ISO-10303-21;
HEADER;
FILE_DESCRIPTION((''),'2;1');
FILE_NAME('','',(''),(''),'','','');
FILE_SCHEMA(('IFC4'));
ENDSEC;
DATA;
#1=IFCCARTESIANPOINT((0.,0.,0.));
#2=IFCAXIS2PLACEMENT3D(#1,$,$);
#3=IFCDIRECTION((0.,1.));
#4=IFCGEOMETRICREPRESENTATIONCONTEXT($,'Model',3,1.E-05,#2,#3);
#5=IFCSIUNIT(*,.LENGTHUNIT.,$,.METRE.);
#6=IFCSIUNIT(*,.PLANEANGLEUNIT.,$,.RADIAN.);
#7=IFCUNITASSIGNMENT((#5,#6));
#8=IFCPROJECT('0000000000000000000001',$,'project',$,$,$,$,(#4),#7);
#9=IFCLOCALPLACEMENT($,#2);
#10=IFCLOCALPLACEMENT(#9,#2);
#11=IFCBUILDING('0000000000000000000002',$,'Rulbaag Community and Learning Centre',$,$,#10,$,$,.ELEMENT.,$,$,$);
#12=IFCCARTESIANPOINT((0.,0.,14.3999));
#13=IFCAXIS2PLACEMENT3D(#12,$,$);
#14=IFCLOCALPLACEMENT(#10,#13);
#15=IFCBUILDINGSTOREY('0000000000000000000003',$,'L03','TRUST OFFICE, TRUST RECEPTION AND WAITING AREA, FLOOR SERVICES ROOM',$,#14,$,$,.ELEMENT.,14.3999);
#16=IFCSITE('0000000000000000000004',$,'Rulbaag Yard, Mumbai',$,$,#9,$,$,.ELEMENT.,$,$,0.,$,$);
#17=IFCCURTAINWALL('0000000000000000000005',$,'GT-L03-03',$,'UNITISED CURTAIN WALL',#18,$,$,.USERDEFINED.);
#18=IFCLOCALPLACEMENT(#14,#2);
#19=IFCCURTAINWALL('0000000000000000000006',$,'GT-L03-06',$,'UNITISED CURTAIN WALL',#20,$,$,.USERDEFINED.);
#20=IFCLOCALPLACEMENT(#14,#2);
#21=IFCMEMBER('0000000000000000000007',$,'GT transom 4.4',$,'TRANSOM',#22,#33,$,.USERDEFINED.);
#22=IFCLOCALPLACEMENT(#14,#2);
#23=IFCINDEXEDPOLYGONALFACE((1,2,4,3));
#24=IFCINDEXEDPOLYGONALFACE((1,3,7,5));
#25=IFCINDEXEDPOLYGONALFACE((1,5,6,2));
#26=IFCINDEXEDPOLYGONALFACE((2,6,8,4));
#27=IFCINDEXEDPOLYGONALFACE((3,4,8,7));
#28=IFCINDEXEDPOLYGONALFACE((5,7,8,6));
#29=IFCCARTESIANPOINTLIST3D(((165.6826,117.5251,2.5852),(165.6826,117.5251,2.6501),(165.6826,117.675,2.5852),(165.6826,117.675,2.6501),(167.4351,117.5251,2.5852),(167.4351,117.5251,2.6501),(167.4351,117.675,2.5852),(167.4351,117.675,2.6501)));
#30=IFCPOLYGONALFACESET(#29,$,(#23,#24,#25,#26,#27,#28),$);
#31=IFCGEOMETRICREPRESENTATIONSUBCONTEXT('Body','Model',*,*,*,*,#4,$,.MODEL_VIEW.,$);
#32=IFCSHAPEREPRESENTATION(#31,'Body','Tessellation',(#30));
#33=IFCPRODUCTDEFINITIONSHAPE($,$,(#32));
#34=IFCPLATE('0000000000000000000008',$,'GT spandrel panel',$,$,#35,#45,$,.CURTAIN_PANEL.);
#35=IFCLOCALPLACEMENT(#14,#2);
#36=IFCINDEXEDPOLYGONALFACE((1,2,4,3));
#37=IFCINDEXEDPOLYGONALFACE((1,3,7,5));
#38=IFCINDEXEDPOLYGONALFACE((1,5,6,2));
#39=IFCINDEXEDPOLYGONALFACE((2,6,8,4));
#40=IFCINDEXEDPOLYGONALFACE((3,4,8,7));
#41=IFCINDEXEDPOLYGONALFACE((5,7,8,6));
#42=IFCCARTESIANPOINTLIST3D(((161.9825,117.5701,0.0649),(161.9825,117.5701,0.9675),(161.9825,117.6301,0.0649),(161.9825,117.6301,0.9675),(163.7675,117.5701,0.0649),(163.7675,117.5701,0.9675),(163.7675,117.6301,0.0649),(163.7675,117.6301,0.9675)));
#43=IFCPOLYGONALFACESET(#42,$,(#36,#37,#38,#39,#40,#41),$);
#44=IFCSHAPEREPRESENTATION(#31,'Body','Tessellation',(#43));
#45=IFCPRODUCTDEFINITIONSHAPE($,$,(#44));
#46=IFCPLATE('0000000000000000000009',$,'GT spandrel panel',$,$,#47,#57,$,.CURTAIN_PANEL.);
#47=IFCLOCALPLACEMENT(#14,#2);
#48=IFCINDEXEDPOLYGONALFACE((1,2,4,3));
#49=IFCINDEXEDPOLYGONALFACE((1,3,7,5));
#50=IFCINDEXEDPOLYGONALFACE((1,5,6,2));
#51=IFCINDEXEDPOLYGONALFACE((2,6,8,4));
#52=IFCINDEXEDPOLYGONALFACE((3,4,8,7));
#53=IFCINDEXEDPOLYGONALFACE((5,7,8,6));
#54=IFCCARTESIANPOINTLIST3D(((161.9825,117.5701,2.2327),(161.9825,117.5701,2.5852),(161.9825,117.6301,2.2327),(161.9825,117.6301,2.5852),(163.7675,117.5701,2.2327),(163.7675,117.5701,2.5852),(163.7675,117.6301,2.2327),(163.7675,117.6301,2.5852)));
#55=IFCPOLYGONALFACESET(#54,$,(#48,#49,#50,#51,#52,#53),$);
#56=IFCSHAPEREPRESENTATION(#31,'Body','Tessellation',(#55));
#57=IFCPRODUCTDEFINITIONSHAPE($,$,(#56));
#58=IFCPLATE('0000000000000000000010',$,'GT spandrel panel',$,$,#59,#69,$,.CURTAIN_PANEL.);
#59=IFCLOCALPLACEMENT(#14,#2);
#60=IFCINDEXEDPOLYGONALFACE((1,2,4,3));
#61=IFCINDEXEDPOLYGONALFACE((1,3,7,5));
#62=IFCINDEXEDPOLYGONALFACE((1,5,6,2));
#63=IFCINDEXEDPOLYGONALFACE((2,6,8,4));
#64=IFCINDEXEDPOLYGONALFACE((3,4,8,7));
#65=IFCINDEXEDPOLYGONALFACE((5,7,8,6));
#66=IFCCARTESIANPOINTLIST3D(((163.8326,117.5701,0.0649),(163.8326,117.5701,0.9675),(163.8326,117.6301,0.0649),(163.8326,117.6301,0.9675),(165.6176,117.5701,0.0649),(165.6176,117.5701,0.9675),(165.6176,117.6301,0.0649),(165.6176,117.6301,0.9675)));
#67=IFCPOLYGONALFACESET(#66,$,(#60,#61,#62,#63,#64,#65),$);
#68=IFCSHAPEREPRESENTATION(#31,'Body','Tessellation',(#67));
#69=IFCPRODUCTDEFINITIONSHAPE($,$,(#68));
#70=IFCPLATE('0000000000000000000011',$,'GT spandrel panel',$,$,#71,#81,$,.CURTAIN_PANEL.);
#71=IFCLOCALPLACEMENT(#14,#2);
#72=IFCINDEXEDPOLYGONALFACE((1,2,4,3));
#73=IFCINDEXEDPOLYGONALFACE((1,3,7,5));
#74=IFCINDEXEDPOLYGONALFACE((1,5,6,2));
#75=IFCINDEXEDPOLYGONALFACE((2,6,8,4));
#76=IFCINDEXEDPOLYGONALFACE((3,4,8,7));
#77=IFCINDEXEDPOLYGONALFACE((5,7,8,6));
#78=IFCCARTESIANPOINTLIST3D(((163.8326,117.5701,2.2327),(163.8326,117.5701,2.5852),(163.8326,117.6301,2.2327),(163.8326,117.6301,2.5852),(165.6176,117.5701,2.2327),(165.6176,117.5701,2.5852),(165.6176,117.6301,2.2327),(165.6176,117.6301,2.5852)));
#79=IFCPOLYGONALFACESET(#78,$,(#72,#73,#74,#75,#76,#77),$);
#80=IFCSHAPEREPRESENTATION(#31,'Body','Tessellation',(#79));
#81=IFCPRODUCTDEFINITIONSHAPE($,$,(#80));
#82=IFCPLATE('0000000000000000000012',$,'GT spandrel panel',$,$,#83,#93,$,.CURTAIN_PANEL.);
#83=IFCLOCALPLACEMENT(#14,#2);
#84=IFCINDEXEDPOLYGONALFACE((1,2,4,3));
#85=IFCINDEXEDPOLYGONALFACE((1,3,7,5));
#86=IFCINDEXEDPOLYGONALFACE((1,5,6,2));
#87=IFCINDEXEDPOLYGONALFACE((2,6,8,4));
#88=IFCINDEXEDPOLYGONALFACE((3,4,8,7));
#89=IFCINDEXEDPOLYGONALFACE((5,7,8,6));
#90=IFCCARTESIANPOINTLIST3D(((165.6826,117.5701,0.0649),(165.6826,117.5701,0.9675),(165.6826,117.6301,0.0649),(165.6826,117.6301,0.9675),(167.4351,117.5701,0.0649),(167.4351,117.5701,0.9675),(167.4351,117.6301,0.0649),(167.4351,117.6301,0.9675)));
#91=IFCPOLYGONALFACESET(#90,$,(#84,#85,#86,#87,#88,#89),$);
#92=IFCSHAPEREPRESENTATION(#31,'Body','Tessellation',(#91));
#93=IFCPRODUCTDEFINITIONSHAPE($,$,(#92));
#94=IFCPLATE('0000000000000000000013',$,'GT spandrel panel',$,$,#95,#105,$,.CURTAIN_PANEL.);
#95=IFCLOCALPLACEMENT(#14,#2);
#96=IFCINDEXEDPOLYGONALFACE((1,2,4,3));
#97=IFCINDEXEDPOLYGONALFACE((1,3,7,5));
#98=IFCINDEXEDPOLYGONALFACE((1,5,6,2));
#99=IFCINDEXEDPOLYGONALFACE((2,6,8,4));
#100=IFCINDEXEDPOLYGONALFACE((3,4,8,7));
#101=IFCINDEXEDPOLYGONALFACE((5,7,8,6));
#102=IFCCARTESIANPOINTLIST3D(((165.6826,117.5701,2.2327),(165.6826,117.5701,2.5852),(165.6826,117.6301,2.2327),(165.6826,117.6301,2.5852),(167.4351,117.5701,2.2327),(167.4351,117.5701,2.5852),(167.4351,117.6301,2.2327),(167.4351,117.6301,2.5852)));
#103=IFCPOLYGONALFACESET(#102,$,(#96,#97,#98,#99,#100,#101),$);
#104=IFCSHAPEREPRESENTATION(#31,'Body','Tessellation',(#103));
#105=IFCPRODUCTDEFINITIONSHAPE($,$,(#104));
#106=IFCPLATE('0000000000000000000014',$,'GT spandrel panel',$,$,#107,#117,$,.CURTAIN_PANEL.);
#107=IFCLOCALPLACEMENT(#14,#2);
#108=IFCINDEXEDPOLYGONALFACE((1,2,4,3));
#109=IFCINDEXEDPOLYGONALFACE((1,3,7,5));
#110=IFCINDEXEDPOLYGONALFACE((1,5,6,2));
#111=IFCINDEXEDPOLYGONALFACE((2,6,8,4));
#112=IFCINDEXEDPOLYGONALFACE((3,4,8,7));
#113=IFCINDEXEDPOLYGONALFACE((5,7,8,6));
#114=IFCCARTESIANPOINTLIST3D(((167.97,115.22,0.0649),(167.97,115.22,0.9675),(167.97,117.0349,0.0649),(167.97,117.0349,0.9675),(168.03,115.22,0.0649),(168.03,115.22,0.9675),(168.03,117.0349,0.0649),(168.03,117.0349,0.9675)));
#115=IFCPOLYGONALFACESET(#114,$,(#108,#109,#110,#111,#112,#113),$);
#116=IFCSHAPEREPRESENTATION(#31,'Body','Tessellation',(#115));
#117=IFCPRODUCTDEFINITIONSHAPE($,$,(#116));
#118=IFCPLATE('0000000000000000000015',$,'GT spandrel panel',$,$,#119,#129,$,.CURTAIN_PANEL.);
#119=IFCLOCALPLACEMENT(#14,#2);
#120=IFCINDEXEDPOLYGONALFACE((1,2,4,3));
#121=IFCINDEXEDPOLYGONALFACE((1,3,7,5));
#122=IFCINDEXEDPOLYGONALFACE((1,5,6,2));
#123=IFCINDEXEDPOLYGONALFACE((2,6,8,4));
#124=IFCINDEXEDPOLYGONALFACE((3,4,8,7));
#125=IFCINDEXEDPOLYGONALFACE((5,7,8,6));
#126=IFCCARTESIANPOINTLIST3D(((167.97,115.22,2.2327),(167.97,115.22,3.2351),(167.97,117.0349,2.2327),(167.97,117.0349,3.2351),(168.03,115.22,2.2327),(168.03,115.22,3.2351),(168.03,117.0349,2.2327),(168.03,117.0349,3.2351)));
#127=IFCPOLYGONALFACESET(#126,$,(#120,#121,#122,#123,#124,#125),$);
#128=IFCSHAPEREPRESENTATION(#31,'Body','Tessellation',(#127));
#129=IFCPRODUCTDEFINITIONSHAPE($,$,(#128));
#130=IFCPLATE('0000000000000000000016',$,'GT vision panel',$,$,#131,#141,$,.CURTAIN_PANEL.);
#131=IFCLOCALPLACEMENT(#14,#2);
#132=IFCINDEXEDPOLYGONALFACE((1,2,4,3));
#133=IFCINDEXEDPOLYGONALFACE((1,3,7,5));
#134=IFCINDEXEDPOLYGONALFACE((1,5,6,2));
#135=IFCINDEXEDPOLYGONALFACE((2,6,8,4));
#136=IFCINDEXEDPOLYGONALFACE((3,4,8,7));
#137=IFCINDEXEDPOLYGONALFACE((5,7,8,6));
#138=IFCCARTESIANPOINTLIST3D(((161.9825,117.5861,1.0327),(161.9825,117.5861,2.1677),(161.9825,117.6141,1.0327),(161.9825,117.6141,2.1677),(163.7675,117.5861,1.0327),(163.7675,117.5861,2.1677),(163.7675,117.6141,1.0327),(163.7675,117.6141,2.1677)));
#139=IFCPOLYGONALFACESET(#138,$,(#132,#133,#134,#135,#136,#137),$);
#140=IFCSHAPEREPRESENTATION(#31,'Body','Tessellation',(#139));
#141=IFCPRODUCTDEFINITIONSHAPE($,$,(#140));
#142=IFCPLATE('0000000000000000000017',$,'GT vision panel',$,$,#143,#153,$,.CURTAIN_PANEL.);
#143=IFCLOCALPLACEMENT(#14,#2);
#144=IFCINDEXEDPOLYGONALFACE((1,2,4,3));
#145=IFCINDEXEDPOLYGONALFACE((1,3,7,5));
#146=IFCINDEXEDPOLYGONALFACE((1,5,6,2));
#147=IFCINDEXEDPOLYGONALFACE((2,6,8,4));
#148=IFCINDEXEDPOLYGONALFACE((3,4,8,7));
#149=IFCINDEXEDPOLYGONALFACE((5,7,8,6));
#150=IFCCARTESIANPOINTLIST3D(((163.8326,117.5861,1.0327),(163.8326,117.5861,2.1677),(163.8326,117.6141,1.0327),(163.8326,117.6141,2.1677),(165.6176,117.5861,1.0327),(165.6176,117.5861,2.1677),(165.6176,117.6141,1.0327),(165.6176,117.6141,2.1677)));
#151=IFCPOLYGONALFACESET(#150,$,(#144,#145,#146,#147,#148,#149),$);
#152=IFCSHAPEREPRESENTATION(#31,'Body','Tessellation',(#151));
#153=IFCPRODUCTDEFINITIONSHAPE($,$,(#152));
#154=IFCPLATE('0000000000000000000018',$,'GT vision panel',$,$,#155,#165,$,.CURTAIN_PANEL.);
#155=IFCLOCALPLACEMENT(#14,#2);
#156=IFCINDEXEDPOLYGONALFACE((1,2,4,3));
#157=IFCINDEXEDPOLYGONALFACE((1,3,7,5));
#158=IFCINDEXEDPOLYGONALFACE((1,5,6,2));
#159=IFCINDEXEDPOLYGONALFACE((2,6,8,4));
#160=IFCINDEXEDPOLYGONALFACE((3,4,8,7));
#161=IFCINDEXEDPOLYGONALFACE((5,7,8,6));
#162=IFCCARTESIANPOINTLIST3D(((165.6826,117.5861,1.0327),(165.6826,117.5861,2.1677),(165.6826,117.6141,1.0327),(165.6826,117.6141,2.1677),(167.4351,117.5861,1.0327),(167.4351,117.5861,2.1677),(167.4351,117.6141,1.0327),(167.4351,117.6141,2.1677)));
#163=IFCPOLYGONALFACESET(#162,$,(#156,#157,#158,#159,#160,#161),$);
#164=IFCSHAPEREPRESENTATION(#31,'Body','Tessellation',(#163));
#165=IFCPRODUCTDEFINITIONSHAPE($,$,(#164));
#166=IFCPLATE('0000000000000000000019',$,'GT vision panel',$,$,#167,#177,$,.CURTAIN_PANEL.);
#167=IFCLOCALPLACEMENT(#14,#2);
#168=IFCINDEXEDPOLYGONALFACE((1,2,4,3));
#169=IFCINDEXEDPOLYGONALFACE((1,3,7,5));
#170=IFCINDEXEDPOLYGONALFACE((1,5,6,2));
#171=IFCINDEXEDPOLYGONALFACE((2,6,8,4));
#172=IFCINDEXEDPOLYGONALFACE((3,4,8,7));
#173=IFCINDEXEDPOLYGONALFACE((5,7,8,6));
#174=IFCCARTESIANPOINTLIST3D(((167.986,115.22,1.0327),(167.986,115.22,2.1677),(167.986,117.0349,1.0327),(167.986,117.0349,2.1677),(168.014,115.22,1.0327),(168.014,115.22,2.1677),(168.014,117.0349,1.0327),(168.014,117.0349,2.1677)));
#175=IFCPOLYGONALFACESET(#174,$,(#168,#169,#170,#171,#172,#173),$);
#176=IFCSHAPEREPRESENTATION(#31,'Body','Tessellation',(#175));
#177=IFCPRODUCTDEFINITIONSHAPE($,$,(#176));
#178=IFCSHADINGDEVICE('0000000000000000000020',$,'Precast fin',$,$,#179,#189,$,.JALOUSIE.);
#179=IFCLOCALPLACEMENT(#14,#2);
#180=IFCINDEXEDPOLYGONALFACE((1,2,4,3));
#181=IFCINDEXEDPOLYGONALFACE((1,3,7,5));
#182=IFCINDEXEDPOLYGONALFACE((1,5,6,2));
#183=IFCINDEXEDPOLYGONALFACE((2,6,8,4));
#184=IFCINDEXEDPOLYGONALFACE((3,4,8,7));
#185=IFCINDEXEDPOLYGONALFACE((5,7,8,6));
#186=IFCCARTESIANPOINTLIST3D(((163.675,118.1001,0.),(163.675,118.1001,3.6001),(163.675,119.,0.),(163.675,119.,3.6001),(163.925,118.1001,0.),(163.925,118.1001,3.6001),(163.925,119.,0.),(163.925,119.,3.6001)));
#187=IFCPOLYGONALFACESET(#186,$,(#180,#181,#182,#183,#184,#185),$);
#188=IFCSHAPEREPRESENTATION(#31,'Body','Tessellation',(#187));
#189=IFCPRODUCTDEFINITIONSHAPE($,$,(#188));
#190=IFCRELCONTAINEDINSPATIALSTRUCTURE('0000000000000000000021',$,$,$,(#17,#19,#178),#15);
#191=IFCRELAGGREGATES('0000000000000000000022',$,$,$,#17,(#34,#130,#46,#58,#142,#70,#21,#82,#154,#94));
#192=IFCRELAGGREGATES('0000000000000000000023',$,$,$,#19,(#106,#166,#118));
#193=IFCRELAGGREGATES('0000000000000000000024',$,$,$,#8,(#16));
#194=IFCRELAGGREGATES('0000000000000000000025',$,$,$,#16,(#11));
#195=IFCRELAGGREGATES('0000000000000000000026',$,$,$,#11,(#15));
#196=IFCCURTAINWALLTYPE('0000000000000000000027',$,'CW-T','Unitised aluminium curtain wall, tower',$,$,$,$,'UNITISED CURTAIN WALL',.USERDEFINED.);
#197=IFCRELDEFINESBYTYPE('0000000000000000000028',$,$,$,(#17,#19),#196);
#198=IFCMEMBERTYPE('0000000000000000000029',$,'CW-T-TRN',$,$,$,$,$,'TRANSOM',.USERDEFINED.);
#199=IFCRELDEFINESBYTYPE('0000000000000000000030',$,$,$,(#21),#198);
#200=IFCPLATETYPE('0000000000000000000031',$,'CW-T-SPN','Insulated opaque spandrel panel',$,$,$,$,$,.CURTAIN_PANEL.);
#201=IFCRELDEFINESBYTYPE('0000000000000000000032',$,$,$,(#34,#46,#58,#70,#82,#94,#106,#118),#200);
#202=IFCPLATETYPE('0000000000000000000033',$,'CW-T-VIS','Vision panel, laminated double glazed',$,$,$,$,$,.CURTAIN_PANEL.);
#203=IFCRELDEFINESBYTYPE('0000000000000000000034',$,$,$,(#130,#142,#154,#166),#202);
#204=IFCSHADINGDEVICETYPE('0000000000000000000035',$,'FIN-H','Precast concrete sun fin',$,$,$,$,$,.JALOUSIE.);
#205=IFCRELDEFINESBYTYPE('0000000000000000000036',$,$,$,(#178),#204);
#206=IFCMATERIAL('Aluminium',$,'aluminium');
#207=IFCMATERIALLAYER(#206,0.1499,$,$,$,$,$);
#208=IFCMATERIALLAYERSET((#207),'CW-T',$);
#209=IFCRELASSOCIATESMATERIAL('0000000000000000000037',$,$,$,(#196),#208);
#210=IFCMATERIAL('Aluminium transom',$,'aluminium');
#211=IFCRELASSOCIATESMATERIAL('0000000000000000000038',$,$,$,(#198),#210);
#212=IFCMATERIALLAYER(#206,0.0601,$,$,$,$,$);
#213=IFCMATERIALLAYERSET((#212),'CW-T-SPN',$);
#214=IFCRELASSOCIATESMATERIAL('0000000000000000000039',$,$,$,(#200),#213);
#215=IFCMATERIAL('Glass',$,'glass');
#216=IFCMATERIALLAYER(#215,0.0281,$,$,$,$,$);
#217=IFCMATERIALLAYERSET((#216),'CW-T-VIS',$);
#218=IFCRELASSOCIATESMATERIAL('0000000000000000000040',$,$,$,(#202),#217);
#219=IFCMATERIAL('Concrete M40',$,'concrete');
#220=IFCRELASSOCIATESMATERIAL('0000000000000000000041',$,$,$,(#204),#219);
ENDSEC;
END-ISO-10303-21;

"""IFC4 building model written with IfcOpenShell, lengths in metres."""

from ifc_helpers import new_model, si_unit, direction, frame, origin, origin_2d, place, context, subcontext, project, spatial, rectangle, extrude, material, layer, layer_set, material_profile, profile_set, type_object, element, aggregate, save


model = new_model("IFC4")

# Units and contexts
model_context = context("Model", 3, precision=1e-05, world=origin(), true_north=direction((0.0, 1.0)))
body_context = subcontext(model_context, "Body", "Model", "MODEL_VIEW")
ifc_project = project(units=[si_unit("LENGTHUNIT", "METRE"), si_unit("PLANEANGLEUNIT", "RADIAN")], contexts=[model_context])

# Site, building, storey
site_placement = place(None, origin())
site = spatial("IfcSite", under=ifc_project, at=site_placement, Name="Rulbaag Yard, Mumbai", CompositionType="ELEMENT", RefElevation=0.0)
building_placement = place(site_placement, origin())
building = spatial("IfcBuilding", under=site, at=building_placement, Name="Rulbaag Community and Learning Centre", CompositionType="ELEMENT")
storey_placement = place(building_placement, frame((0.0, 0.0, 14.3999)))
storey = spatial("IfcBuildingStorey", under=building, at=storey_placement, Name="L03", Description="TRUST OFFICE, TRUST RECEPTION AND WAITING AREA, FLOOR SERVICES ROOM", CompositionType="ELEMENT", Elevation=14.3999)

# Curtain wall
ifc_material_1 = material(Name="Aluminium", Category="aluminium")
ifc_layer_1 = layer(ifc_material_1, 0.1499)
ifc_layer_set_1 = layer_set([ifc_layer_1], Name="CW-T")
curtain_wall_type = type_object("IfcCurtainWallType", Name="CW-T", Description="Unitised aluminium curtain wall, tower", ElementType="UNITISED CURTAIN WALL", PredefinedType="USERDEFINED", material=ifc_layer_set_1)
curtain_wall_1_placement = place(storey_placement, origin())
curtain_wall_1 = element("IfcCurtainWall", 1, at=curtain_wall_1_placement, inside=storey, type_object=curtain_wall_type, Name="GT-L03-03", ObjectType="UNITISED CURTAIN WALL", PredefinedType="USERDEFINED")

# Curtain wall
curtain_wall_2_placement = place(storey_placement, origin())
curtain_wall_2 = element("IfcCurtainWall", 2, at=curtain_wall_2_placement, inside=storey, type_object=curtain_wall_type, Name="GT-L03-06", ObjectType="UNITISED CURTAIN WALL", PredefinedType="USERDEFINED")

# Member
ifc_material_2 = material(Name="Aluminium transom", Category="aluminium")
ifc_material_profile_1 = material_profile(ifc_material_2, rectangle(XDim=0.1499, YDim=0.0649, at=origin_2d()), Name="AL 65x150 T")
ifc_profile_set_1 = profile_set([ifc_material_profile_1], Name="Aluminium transom")
member_type_1 = type_object("IfcMemberType", Name="CW-T-TRN", ElementType="TRANSOM", PredefinedType="USERDEFINED", material=ifc_profile_set_1)
member_1_placement = place(storey_placement, frame((165.6826, 117.6001, 2.6177), z_axis=(1.0, 0.0, 0.0), x_axis=(0.0, 1.0, 0.0)))
member_1 = element("IfcMember", 3, at=member_1_placement, type_object=member_type_1, Name="GT transom 4.4", ObjectType="TRANSOM", PredefinedType="USERDEFINED", context=body_context, shape_type="SweptSolid", body=[
    extrude(rectangle(XDim=0.1499, YDim=0.0649, at=origin_2d()), origin(), (0.0, 0.0, 1.0), 1.7524),
])

# Plates
ifc_layer_2 = layer(ifc_material_1, 0.0601)
ifc_layer_set_2 = layer_set([ifc_layer_2], Name="CW-T-SPN")
plate_type_1 = type_object("IfcPlateType", Name="CW-T-SPN", Description="Insulated opaque spandrel panel", PredefinedType="CURTAIN_PANEL", material=ifc_layer_set_2)
plate_1_placement = place(storey_placement, frame((162.875, 117.6001, 0.0649), z_axis=(0.0, 0.0, 1.0), x_axis=(1.0, 0.0, 0.0)))
plate_1 = element("IfcPlate", 4, at=plate_1_placement, type_object=plate_type_1, Name="GT spandrel panel", PredefinedType="CURTAIN_PANEL", context=body_context, shape_type="SweptSolid", body=[
    extrude(rectangle(XDim=1.7849, YDim=0.0601, at=origin_2d()), origin(), (0.0, 0.0, 1.0), 0.9026),
])
plate_2_placement = place(storey_placement, frame((162.875, 117.6001, 2.2327), z_axis=(0.0, 0.0, 1.0), x_axis=(1.0, 0.0, 0.0)))
plate_2 = element("IfcPlate", 5, at=plate_2_placement, type_object=plate_type_1, Name="GT spandrel panel", PredefinedType="CURTAIN_PANEL", context=body_context, shape_type="SweptSolid", body=[
    extrude(rectangle(XDim=1.7849, YDim=0.0601, at=origin_2d()), origin(), (0.0, 0.0, 1.0), 0.3525),
])
plate_3_placement = place(storey_placement, frame((164.7251, 117.6001, 0.0649), z_axis=(0.0, 0.0, 1.0), x_axis=(1.0, 0.0, 0.0)))
plate_3 = element("IfcPlate", 6, at=plate_3_placement, type_object=plate_type_1, Name="GT spandrel panel", PredefinedType="CURTAIN_PANEL", context=body_context, shape_type="SweptSolid", body=[
    extrude(rectangle(XDim=1.7849, YDim=0.0601, at=origin_2d()), origin(), (0.0, 0.0, 1.0), 0.9026),
])
plate_4_placement = place(storey_placement, frame((164.7251, 117.6001, 2.2327), z_axis=(0.0, 0.0, 1.0), x_axis=(1.0, 0.0, 0.0)))
plate_4 = element("IfcPlate", 7, at=plate_4_placement, type_object=plate_type_1, Name="GT spandrel panel", PredefinedType="CURTAIN_PANEL", context=body_context, shape_type="SweptSolid", body=[
    extrude(rectangle(XDim=1.7849, YDim=0.0601, at=origin_2d()), origin(), (0.0, 0.0, 1.0), 0.3525),
])
plate_5_placement = place(storey_placement, frame((166.5588, 117.6001, 0.0649), z_axis=(0.0, 0.0, 1.0), x_axis=(1.0, 0.0, 0.0)))
plate_5 = element("IfcPlate", 8, at=plate_5_placement, type_object=plate_type_1, Name="GT spandrel panel", PredefinedType="CURTAIN_PANEL", context=body_context, shape_type="SweptSolid", body=[
    extrude(rectangle(XDim=1.7524, YDim=0.0601, at=origin_2d()), origin(), (0.0, 0.0, 1.0), 0.9026),
])
plate_6_placement = place(storey_placement, frame((166.5588, 117.6001, 2.2327), z_axis=(0.0, 0.0, 1.0), x_axis=(1.0, 0.0, 0.0)))
plate_6 = element("IfcPlate", 9, at=plate_6_placement, type_object=plate_type_1, Name="GT spandrel panel", PredefinedType="CURTAIN_PANEL", context=body_context, shape_type="SweptSolid", body=[
    extrude(rectangle(XDim=1.7524, YDim=0.0601, at=origin_2d()), origin(), (0.0, 0.0, 1.0), 0.3525),
])
plate_7_placement = place(storey_placement, frame((168.0, 116.1274, 0.0649), z_axis=(0.0, 0.0, 1.0), x_axis=(0.0, 1.0, 0.0)))
plate_7 = element("IfcPlate", 10, at=plate_7_placement, type_object=plate_type_1, Name="GT spandrel panel", PredefinedType="CURTAIN_PANEL", context=body_context, shape_type="SweptSolid", body=[
    extrude(rectangle(XDim=1.8149, YDim=0.0601, at=origin_2d()), origin(), (0.0, 0.0, 1.0), 0.9026),
])
plate_8_placement = place(storey_placement, frame((168.0, 116.1274, 2.2327), z_axis=(0.0, 0.0, 1.0), x_axis=(0.0, 1.0, 0.0)))
plate_8 = element("IfcPlate", 11, at=plate_8_placement, type_object=plate_type_1, Name="GT spandrel panel", PredefinedType="CURTAIN_PANEL", context=body_context, shape_type="SweptSolid", body=[
    extrude(rectangle(XDim=1.8149, YDim=0.0601, at=origin_2d()), origin(), (0.0, 0.0, 1.0), 1.0024),
])
ifc_material_3 = material(Name="Glass", Category="glass")
ifc_layer_3 = layer(ifc_material_3, 0.0281)
ifc_layer_set_3 = layer_set([ifc_layer_3], Name="CW-T-VIS")
plate_type_2 = type_object("IfcPlateType", Name="CW-T-VIS", Description="Vision panel, laminated double glazed", PredefinedType="CURTAIN_PANEL", material=ifc_layer_set_3)
plate_9_placement = place(storey_placement, frame((162.875, 117.6001, 1.0327), z_axis=(0.0, 0.0, 1.0), x_axis=(1.0, 0.0, 0.0)))
plate_9 = element("IfcPlate", 12, at=plate_9_placement, type_object=plate_type_2, Name="GT vision panel", PredefinedType="CURTAIN_PANEL", context=body_context, shape_type="SweptSolid", body=[
    extrude(rectangle(XDim=1.7849, YDim=0.0281, at=origin_2d()), origin(), (0.0, 0.0, 1.0), 1.135),
])
plate_10_placement = place(storey_placement, frame((164.7251, 117.6001, 1.0327), z_axis=(0.0, 0.0, 1.0), x_axis=(1.0, 0.0, 0.0)))
plate_10 = element("IfcPlate", 13, at=plate_10_placement, type_object=plate_type_2, Name="GT vision panel", PredefinedType="CURTAIN_PANEL", context=body_context, shape_type="SweptSolid", body=[
    extrude(rectangle(XDim=1.7849, YDim=0.0281, at=origin_2d()), origin(), (0.0, 0.0, 1.0), 1.135),
])
plate_11_placement = place(storey_placement, frame((166.5588, 117.6001, 1.0327), z_axis=(0.0, 0.0, 1.0), x_axis=(1.0, 0.0, 0.0)))
plate_11 = element("IfcPlate", 14, at=plate_11_placement, type_object=plate_type_2, Name="GT vision panel", PredefinedType="CURTAIN_PANEL", context=body_context, shape_type="SweptSolid", body=[
    extrude(rectangle(XDim=1.7524, YDim=0.0281, at=origin_2d()), origin(), (0.0, 0.0, 1.0), 1.135),
])
aggregate(curtain_wall_1, [plate_1, plate_9, plate_2, plate_3, plate_10, plate_4, member_1, plate_5, plate_11, plate_6])
plate_12_placement = place(storey_placement, frame((168.0, 116.1274, 1.0327), z_axis=(0.0, 0.0, 1.0), x_axis=(0.0, 1.0, 0.0)))
plate_12 = element("IfcPlate", 15, at=plate_12_placement, type_object=plate_type_2, Name="GT vision panel", PredefinedType="CURTAIN_PANEL", context=body_context, shape_type="SweptSolid", body=[
    extrude(rectangle(XDim=1.8149, YDim=0.0281, at=origin_2d()), origin(), (0.0, 0.0, 1.0), 1.135),
])
aggregate(curtain_wall_2, [plate_7, plate_12, plate_8])

# Shading device
ifc_material_4 = material(Name="Concrete M40", Category="concrete")
ifc_material_profile_2 = material_profile(ifc_material_4, rectangle(XDim=0.25, YDim=0.8999, at=origin_2d()), Name="PC 250x900")
ifc_profile_set_2 = profile_set([ifc_material_profile_2], Name="Concrete M40")
shading_device_type = type_object("IfcShadingDeviceType", Name="FIN-H", Description="Precast concrete sun fin", PredefinedType="JALOUSIE", material=ifc_profile_set_2)
for number, where, z_axis, x_axis, name in (
    (16, (163.8, 118.55, 0.0), (0.0, 0.0, 1.0), (1.0, 0.0, 0.0), "Precast fin"),
):
    element("IfcShadingDevice", number, at=place(storey_placement, frame(where, z_axis=z_axis, x_axis=x_axis)), inside=storey, type_object=shading_device_type, Name=name, PredefinedType="JALOUSIE", context=body_context, shape_type="SweptSolid", body=[
        extrude(rectangle(XDim=0.25, YDim=0.8999, at=origin_2d()), origin(), (0.0, 0.0, 1.0), 3.6001),
    ])

save(model, "model.ifc")
